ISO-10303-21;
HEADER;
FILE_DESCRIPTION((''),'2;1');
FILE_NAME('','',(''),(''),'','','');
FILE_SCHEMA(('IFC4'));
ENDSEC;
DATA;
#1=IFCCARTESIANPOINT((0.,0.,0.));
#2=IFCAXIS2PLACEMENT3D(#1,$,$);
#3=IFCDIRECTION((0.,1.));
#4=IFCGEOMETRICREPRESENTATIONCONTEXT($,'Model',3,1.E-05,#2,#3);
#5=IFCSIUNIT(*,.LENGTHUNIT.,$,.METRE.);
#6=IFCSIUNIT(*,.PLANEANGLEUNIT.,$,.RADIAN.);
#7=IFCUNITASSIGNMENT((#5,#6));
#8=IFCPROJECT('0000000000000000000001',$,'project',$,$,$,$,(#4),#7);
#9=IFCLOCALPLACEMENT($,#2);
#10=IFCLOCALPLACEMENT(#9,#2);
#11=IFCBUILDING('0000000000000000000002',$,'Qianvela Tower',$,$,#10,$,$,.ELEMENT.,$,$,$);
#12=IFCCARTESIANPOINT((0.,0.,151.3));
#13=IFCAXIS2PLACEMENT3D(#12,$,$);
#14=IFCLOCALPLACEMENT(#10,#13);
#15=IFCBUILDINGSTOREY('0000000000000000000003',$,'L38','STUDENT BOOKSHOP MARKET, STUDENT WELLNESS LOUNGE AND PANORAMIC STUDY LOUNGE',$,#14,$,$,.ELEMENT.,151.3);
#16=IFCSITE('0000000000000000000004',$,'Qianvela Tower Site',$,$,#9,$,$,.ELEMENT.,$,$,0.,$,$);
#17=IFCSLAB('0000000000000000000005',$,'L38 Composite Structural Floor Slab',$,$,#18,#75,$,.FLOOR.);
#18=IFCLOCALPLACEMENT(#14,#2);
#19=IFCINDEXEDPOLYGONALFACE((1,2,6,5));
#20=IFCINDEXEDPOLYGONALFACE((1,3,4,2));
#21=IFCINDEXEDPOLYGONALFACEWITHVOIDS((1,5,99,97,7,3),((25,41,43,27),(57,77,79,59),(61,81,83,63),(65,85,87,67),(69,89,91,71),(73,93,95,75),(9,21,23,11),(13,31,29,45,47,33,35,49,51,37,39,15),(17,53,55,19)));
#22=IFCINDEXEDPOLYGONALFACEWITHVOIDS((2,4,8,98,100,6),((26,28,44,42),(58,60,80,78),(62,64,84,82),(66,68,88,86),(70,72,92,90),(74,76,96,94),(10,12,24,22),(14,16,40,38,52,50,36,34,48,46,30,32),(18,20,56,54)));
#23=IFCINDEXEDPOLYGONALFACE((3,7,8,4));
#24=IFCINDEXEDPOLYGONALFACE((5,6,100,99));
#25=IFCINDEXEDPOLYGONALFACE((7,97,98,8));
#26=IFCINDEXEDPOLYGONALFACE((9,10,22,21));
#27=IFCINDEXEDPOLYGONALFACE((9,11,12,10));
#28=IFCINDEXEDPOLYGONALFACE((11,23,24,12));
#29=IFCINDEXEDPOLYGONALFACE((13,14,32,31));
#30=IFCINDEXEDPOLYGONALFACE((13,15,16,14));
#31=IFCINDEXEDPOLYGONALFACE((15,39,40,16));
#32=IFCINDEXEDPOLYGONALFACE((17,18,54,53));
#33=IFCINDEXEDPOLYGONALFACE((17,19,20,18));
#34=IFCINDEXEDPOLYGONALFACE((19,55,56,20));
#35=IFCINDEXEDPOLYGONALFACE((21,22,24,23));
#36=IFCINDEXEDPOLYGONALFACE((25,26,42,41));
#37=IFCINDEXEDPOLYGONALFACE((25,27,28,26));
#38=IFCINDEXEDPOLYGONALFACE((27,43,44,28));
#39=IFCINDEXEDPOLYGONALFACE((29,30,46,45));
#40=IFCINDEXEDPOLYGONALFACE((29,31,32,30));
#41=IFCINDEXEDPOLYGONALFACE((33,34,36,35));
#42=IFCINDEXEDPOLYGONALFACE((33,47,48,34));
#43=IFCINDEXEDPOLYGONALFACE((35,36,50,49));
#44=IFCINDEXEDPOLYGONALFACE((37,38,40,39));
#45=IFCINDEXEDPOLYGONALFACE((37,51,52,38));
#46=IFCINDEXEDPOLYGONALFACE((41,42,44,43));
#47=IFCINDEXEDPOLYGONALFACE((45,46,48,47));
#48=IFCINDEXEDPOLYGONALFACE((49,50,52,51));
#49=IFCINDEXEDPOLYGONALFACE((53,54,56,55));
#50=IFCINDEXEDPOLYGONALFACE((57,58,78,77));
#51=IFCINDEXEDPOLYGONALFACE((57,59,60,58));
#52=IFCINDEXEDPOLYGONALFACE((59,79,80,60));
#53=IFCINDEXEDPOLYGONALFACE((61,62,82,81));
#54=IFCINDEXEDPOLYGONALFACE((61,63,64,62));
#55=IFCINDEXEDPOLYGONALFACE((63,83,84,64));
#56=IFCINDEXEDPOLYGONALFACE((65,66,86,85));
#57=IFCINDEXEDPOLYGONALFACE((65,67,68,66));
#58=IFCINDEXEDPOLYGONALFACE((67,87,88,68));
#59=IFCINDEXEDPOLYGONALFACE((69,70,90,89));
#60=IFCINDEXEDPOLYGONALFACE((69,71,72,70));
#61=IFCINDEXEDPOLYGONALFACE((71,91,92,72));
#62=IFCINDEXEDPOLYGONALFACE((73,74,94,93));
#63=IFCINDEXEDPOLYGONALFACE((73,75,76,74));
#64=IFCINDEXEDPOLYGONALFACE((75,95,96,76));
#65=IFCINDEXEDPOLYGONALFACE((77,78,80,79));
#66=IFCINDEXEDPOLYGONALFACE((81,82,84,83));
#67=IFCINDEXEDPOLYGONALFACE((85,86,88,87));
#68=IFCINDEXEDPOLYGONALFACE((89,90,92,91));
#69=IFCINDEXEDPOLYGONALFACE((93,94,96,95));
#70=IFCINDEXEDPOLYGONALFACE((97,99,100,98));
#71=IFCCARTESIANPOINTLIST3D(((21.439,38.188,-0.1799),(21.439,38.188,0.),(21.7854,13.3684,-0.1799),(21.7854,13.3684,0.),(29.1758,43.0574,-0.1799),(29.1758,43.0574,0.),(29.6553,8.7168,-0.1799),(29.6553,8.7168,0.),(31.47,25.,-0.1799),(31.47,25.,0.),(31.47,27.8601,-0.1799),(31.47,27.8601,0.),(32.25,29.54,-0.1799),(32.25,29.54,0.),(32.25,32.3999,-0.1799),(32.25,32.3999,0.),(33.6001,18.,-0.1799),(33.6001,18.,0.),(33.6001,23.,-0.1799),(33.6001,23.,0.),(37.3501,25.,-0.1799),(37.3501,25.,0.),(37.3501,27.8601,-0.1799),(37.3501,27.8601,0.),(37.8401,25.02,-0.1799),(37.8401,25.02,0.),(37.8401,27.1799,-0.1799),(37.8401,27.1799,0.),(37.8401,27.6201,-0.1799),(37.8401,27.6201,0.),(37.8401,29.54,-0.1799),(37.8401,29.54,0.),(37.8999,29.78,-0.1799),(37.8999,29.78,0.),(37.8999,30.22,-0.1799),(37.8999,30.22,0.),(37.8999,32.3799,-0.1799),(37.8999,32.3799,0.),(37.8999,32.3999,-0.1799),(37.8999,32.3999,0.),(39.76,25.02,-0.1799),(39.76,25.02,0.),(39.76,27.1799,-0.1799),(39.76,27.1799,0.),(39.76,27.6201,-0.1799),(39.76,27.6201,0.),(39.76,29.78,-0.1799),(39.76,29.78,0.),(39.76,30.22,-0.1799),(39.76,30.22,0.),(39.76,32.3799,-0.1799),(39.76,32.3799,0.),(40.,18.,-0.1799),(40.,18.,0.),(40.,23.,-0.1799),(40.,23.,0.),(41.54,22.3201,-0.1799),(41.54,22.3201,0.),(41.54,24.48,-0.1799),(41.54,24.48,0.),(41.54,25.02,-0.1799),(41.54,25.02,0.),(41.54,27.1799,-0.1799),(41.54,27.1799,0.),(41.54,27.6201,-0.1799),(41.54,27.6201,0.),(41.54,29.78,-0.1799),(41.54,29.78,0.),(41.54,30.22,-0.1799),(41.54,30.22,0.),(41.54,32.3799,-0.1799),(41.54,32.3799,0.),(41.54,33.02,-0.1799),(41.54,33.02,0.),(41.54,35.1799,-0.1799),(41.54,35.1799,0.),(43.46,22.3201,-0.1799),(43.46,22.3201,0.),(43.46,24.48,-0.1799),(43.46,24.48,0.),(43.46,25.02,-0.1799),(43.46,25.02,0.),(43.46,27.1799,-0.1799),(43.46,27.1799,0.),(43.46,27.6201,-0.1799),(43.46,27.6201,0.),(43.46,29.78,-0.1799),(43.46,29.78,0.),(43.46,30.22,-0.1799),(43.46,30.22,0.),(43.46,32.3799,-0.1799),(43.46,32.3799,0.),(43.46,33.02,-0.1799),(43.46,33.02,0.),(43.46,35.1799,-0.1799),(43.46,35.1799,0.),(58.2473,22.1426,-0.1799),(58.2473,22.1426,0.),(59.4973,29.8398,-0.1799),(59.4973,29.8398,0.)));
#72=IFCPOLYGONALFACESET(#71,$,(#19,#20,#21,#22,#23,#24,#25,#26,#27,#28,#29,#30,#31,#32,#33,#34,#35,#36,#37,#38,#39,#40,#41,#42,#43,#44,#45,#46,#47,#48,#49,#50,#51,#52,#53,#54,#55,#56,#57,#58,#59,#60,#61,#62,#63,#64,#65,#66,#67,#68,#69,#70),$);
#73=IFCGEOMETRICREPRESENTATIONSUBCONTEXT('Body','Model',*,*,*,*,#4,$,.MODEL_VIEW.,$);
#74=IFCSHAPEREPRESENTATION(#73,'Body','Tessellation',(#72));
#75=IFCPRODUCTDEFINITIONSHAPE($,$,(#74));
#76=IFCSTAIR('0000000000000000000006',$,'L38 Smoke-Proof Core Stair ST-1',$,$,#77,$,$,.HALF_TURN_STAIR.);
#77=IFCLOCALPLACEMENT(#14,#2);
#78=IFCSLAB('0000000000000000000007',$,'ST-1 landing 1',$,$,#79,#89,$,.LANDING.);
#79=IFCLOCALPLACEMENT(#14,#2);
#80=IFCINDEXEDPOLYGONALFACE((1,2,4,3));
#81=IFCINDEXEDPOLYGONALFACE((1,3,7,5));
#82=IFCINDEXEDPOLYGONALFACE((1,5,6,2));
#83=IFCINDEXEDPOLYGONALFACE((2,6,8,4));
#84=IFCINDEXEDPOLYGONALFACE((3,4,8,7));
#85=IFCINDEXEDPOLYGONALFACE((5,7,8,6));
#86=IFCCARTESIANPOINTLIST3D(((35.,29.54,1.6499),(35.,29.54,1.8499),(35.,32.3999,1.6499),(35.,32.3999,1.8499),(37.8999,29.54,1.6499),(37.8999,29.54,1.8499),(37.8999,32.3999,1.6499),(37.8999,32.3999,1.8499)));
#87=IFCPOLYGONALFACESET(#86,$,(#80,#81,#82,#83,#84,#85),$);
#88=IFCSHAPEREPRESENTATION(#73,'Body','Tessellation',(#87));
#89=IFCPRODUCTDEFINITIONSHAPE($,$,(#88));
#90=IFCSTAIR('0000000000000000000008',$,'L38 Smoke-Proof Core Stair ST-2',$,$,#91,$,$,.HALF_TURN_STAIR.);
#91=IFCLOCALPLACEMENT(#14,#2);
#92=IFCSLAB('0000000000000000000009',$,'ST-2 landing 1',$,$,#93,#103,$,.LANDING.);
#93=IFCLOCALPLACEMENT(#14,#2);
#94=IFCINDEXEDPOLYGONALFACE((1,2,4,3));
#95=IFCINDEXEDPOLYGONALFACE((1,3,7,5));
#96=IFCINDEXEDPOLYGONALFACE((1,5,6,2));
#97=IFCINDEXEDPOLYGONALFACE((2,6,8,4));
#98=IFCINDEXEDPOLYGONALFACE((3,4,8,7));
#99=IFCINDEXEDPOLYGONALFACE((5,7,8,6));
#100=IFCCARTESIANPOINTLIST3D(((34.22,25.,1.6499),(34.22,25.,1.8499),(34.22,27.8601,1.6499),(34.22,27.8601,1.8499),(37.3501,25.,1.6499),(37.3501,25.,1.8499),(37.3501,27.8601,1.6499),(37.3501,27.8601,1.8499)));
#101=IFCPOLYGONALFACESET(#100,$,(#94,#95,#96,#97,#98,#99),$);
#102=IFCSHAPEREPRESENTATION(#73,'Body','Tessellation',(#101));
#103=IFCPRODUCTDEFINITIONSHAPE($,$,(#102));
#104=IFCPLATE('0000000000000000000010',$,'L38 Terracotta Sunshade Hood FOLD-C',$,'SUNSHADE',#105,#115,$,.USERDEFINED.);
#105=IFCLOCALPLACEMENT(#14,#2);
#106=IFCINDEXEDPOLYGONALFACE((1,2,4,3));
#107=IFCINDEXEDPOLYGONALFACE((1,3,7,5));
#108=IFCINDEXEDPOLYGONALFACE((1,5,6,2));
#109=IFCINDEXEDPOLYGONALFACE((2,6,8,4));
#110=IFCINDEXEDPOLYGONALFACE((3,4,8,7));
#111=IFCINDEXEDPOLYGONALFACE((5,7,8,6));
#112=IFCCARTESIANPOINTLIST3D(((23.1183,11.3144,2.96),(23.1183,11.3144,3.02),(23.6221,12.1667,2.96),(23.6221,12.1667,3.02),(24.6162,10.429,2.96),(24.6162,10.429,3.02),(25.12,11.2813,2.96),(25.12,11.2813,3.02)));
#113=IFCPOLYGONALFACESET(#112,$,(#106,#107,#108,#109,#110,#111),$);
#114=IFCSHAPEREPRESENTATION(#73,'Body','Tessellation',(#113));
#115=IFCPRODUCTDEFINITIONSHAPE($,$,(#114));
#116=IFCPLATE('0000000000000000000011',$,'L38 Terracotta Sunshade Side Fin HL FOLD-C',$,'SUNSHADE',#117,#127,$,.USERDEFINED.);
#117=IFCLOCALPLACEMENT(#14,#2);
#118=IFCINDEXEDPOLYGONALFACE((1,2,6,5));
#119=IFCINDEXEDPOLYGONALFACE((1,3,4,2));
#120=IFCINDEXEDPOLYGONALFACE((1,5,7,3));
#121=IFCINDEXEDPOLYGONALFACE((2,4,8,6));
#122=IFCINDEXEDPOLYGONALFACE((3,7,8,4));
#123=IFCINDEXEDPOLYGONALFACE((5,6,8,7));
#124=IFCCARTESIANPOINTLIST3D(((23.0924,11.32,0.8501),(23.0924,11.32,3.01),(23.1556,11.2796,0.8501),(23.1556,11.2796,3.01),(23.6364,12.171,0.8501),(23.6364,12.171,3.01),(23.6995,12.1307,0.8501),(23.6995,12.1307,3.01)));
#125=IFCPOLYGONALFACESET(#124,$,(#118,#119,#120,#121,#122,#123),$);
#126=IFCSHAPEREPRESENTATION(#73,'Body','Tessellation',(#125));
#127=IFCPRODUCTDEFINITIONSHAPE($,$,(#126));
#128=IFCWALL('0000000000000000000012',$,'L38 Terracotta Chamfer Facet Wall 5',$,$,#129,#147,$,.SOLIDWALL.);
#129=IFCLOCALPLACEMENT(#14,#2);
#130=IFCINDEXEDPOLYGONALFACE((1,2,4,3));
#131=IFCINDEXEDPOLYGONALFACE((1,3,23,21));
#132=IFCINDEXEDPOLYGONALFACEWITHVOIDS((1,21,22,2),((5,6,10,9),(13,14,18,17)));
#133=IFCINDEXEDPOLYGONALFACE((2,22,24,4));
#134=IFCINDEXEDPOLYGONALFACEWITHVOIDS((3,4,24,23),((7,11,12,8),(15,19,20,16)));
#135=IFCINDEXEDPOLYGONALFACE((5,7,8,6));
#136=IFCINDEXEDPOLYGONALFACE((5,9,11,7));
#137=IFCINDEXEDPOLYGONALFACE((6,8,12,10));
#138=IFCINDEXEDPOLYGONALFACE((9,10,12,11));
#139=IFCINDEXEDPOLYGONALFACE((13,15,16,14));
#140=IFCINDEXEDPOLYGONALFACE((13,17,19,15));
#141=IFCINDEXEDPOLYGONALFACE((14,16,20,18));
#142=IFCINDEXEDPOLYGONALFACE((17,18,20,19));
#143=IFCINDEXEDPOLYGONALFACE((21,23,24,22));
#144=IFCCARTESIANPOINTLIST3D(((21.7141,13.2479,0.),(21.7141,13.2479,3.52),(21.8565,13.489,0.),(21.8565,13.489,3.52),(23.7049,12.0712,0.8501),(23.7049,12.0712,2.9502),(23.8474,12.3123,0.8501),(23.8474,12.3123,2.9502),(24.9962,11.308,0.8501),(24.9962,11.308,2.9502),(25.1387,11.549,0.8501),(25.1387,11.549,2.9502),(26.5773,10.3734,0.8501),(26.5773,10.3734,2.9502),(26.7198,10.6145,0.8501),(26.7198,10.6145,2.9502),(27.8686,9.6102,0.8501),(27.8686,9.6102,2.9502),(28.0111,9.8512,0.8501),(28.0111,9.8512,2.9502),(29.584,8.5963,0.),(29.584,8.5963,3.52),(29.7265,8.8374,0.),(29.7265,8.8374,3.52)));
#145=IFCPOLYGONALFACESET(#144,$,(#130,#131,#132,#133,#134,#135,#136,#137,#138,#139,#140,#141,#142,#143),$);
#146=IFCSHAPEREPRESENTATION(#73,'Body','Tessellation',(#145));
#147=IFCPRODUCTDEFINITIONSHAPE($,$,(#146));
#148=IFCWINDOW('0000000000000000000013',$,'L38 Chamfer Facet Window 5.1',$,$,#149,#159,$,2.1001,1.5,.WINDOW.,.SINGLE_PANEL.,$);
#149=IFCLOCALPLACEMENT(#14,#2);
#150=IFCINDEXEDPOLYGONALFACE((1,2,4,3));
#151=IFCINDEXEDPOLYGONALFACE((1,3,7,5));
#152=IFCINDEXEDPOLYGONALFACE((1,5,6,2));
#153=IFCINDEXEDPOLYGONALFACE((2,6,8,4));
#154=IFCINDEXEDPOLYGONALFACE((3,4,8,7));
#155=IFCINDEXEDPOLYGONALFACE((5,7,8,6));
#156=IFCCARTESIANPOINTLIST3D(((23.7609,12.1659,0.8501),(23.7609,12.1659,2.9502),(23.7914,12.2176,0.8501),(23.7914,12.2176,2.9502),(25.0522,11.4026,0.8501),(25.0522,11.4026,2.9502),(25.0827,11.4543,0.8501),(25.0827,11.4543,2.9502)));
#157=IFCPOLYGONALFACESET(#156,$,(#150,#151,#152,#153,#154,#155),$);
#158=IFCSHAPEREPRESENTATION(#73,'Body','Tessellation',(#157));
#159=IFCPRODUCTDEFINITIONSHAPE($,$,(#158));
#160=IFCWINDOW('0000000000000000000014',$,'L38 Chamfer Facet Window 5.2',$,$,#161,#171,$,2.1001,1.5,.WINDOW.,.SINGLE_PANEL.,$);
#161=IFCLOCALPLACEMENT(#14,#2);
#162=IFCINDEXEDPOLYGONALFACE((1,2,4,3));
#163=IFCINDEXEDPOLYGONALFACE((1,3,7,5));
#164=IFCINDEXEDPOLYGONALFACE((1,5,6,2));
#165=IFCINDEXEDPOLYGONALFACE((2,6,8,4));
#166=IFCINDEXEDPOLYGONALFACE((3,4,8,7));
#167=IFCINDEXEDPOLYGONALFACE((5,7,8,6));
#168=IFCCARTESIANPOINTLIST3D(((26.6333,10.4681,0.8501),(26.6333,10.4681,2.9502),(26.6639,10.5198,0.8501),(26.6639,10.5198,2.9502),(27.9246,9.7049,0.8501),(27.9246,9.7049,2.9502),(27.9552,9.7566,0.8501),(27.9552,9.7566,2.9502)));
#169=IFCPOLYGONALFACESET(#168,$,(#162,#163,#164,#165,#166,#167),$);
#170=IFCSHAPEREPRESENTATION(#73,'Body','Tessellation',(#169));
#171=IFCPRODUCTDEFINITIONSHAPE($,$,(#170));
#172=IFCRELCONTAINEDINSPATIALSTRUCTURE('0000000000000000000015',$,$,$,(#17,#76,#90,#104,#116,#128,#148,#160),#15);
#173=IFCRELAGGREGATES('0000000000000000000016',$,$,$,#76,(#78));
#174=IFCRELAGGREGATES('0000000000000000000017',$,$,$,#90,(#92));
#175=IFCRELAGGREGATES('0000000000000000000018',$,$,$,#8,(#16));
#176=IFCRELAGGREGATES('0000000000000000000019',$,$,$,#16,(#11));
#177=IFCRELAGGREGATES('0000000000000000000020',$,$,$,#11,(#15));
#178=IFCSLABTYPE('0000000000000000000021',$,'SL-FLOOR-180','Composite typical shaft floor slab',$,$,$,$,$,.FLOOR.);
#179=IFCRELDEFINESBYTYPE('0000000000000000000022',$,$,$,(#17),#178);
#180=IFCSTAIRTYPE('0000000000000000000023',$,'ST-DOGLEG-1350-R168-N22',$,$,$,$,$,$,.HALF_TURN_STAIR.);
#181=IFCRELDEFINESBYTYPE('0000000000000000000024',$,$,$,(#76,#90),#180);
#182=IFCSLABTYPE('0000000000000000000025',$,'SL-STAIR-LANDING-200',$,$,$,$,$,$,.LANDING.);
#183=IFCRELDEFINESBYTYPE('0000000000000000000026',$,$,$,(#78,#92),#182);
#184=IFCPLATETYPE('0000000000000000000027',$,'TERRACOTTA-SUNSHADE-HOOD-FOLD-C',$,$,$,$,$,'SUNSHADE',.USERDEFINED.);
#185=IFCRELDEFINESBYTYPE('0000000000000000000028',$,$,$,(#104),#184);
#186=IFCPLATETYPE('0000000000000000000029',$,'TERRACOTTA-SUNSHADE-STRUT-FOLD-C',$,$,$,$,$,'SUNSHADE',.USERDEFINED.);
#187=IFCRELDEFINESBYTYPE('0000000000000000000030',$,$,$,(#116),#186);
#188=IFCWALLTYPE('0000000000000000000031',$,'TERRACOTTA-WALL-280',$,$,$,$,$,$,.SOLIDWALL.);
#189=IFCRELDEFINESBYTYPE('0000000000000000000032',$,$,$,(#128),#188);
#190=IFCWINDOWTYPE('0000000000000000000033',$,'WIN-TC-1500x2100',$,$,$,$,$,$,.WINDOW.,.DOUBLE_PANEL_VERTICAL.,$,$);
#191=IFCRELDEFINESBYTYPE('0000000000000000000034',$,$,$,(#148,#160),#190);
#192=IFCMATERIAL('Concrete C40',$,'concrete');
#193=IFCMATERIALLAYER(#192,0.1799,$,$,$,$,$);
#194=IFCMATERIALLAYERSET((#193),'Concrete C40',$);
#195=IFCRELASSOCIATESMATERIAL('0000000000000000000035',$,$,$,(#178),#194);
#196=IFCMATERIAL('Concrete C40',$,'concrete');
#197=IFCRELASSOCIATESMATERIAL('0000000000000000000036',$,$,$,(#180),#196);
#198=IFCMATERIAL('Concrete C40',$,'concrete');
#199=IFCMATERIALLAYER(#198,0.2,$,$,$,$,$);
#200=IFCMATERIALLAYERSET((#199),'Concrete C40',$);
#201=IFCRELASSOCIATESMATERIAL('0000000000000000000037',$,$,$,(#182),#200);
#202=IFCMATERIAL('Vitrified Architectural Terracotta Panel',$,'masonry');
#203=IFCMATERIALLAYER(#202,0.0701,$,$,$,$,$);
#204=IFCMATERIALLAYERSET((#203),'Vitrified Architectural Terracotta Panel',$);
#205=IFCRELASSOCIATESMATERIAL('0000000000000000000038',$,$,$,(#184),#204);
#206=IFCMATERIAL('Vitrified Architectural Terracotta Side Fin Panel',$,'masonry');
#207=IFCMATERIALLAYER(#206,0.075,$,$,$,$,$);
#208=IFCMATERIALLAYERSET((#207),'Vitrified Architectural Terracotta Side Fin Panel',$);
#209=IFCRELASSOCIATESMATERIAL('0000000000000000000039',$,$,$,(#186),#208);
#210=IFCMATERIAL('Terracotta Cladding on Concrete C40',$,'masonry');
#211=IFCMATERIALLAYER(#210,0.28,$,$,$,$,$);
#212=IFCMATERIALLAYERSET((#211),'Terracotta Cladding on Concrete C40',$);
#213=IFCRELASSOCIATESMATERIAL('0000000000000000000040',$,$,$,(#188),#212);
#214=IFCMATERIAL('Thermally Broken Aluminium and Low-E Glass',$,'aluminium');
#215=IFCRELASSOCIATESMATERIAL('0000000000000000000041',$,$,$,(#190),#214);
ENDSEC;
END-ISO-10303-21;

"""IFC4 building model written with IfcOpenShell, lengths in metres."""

from ifc_helpers import new_model, si_unit, direction, frame, frame_2d, origin, origin_2d, place, context, subcontext, project, spatial, polyline, rectangle, outline, extrude, material, layer, layer_set, type_object, element, fill, aggregate, save


model = new_model("IFC4")

# Units and contexts
model_context = context("Model", 3, precision=1e-05, world=origin(), true_north=direction((0.0, 1.0)))
body_context = subcontext(model_context, "Body", "Model", "MODEL_VIEW")
ifc_project = project(units=[si_unit("LENGTHUNIT", "METRE"), si_unit("PLANEANGLEUNIT", "RADIAN")], contexts=[model_context])

# Site, building, storey
site_placement = place(None, origin())
site = spatial("IfcSite", under=ifc_project, at=site_placement, Name="Qianvela Tower Site", CompositionType="ELEMENT", RefElevation=0.0)
building_placement = place(site_placement, origin())
building = spatial("IfcBuilding", under=site, at=building_placement, Name="Qianvela Tower", CompositionType="ELEMENT")
storey_placement = place(building_placement, frame((0.0, 0.0, 151.3)))
storey = spatial("IfcBuildingStorey", under=building, at=storey_placement, Name="L38", Description="STUDENT BOOKSHOP MARKET, STUDENT WELLNESS LOUNGE AND PANORAMIC STUDY LOUNGE", CompositionType="ELEMENT", Elevation=151.3)

# Slab
ifc_material_1 = material(Name="Concrete C40", Category="concrete")
ifc_layer_1 = layer(ifc_material_1, 0.1799)
ifc_layer_set_1 = layer_set([ifc_layer_1], Name="Concrete C40")
slab_type_1 = type_object("IfcSlabType", Name="SL-FLOOR-180", Description="Composite typical shaft floor slab", PredefinedType="FLOOR", material=ifc_layer_set_1)
slab_1_placement = place(storey_placement, frame((0.0, 0.0, -0.1799)))
element("IfcSlab", 1, at=slab_1_placement, inside=storey, type_object=slab_type_1, Name="L38 Composite Structural Floor Slab", PredefinedType="FLOOR", context=body_context, shape_type="SweptSolid", body=[
    extrude(outline(polyline([(58.2473, 22.1426), (59.4973, 29.8398), (29.1758, 43.0574), (21.439, 38.188), (21.7854, 13.3684), (29.6553, 8.7168), (58.2473, 22.1426)]), holes=[polyline([(40.0, 23.0), (33.6001, 23.0), (33.6001, 18.0), (40.0, 18.0), (40.0, 23.0)]), polyline([(39.76, 27.1799), (37.8401, 27.1799), (37.8401, 25.02), (39.76, 25.02), (39.76, 27.1799)]), polyline([(37.3501, 27.8601), (31.47, 27.8601), (31.47, 25.0), (37.3501, 25.0), (37.3501, 27.8601)]), polyline([(37.8401, 27.6201), (39.76, 27.6201), (39.76, 29.78), (37.8999, 29.78), (37.8999, 30.22), (39.76, 30.22), (39.76, 32.3799), (37.8999, 32.3799), (37.8999, 32.3999), (32.25, 32.3999), (32.25, 29.54), (37.8401, 29.54), (37.8401, 27.6201)]), polyline([(43.46, 22.3201), (43.46, 24.48), (41.54, 24.48), (41.54, 22.3201), (43.46, 22.3201)]), polyline([(43.46, 25.02), (43.46, 27.1799), (41.54, 27.1799), (41.54, 25.02), (43.46, 25.02)]), polyline([(43.46, 29.78), (41.54, 29.78), (41.54, 27.6201), (43.46, 27.6201), (43.46, 29.78)]), polyline([(43.46, 30.22), (43.46, 32.3799), (41.54, 32.3799), (41.54, 30.22), (43.46, 30.22)]), polyline([(43.46, 33.02), (43.46, 35.1799), (41.54, 35.1799), (41.54, 33.02), (43.46, 33.02)])]), origin(), (0.0, 0.0, 1.0), 0.1799),
])

# Stairs, slabs
ifc_material_2 = material(Name="Concrete C40", Category="concrete")
stair_type = type_object("IfcStairType", Name="ST-DOGLEG-1350-R168-N22", PredefinedType="HALF_TURN_STAIR", material=ifc_material_2)
stair_1_placement = place(storey_placement, origin())
stair_1 = element("IfcStair", 2, at=stair_1_placement, inside=storey, type_object=stair_type, Name="L38 Smoke-Proof Core Stair ST-1", PredefinedType="HALF_TURN_STAIR")
ifc_material_3 = material(Name="Concrete C40", Category="concrete")
ifc_layer_2 = layer(ifc_material_3, 0.2)
ifc_layer_set_2 = layer_set([ifc_layer_2], Name="Concrete C40")
slab_type_2 = type_object("IfcSlabType", Name="SL-STAIR-LANDING-200", PredefinedType="LANDING", material=ifc_layer_set_2)
slab_2_placement = place(storey_placement, frame((0.0, 0.0, 1.6499)))
slab_2 = element("IfcSlab", 3, at=slab_2_placement, type_object=slab_type_2, Name="ST-1 landing 1", PredefinedType="LANDING", context=body_context, shape_type="SweptSolid", body=[
    extrude(outline(polyline([(35.0, 29.54), (37.8999, 29.54), (37.8999, 32.3999), (35.0, 32.3999), (35.0, 29.54)])), origin(), (0.0, 0.0, 1.0), 0.2),
])
aggregate(stair_1, [slab_2])
stair_2_placement = place(storey_placement, origin())
stair_2 = element("IfcStair", 4, at=stair_2_placement, inside=storey, type_object=stair_type, Name="L38 Smoke-Proof Core Stair ST-2", PredefinedType="HALF_TURN_STAIR")
slab_3_placement = place(storey_placement, frame((0.0, 0.0, 1.6499)))
slab_3 = element("IfcSlab", 5, at=slab_3_placement, type_object=slab_type_2, Name="ST-2 landing 1", PredefinedType="LANDING", context=body_context, shape_type="SweptSolid", body=[
    extrude(outline(polyline([(34.22, 25.0), (37.3501, 25.0), (37.3501, 27.8601), (34.22, 27.8601), (34.22, 25.0)])), origin(), (0.0, 0.0, 1.0), 0.2),
])
aggregate(stair_2, [slab_3])

# Plates
ifc_material_4 = material(Name="Vitrified Architectural Terracotta Panel", Category="masonry")
ifc_layer_3 = layer(ifc_material_4, 0.0701)
ifc_layer_set_3 = layer_set([ifc_layer_3], Name="Vitrified Architectural Terracotta Panel")
plate_type_1 = type_object("IfcPlateType", Name="TERRACOTTA-SUNSHADE-HOOD-FOLD-C", ElementType="SUNSHADE", PredefinedType="USERDEFINED", material=ifc_layer_set_3)
plate_1_placement = place(storey_placement, frame((24.1191, 11.2979, 2.96), z_axis=(0.0, 0.0, 1.0), x_axis=(0.860868, -0.508828, 0.0)))
element("IfcPlate", 6, at=plate_1_placement, inside=storey, type_object=plate_type_1, Name="L38 Terracotta Sunshade Hood FOLD-C", ObjectType="SUNSHADE", PredefinedType="USERDEFINED", context=body_context, shape_type="SweptSolid", body=[
    extrude(rectangle(XDim=1.74, YDim=0.99, at=origin_2d()), origin(), (0.0, 0.0, 1.0), 0.0601),
])
ifc_material_5 = material(Name="Vitrified Architectural Terracotta Side Fin Panel", Category="masonry")
ifc_layer_4 = layer(ifc_material_5, 0.075)
ifc_layer_set_4 = layer_set([ifc_layer_4], Name="Vitrified Architectural Terracotta Side Fin Panel")
plate_type_2 = type_object("IfcPlateType", Name="TERRACOTTA-SUNSHADE-STRUT-FOLD-C", ElementType="SUNSHADE", PredefinedType="USERDEFINED", material=ifc_layer_set_4)
plate_2_placement = place(storey_placement, frame((23.396, 11.7253, 0.8501), z_axis=(0.0, 0.0, 1.0), x_axis=(0.842586, -0.538562, 0.0)))
element("IfcPlate", 7, at=plate_2_placement, inside=storey, type_object=plate_type_2, Name="L38 Terracotta Sunshade Side Fin HL FOLD-C", ObjectType="SUNSHADE", PredefinedType="USERDEFINED", context=body_context, shape_type="SweptSolid", body=[
    extrude(rectangle(XDim=0.075, YDim=1.01, at=origin_2d()), origin(), (0.0, 0.0, 1.0), 2.1599),
])

# Wall, openings, windows
ifc_material_6 = material(Name="Terracotta Cladding on Concrete C40", Category="masonry")
ifc_layer_5 = layer(ifc_material_6, 0.28)
ifc_layer_set_5 = layer_set([ifc_layer_5], Name="Terracotta Cladding on Concrete C40")
wall_type_1 = type_object("IfcWallType", Name="TERRACOTTA-WALL-280", PredefinedType="SOLIDWALL", material=ifc_layer_set_5)
wall_1_placement = place(storey_placement, frame((21.7854, 13.3684, 0.0), z_axis=(0.0, 0.0, 1.0), x_axis=(0.860868, -0.508829, 0.0)))
wall_1 = element("IfcWall", 8, at=wall_1_placement, inside=storey, type_object=wall_type_1, Name="L38 Terracotta Chamfer Facet Wall 5", PredefinedType="SOLIDWALL", context=body_context, shape_type="SweptSolid", body=[
    extrude(rectangle(XDim=9.1418, YDim=0.28, at=frame_2d((4.5708, 0.0))), origin(), (0.0, 0.0, 1.0), 3.52),
])
opening_1_placement = place(wall_1_placement, frame((2.3125, 0.0, 0.8501)))
opening_1 = element("IfcOpeningElement", 9, at=opening_1_placement, cuts=wall_1, PredefinedType="OPENING", context=body_context, shape_type="SweptSolid", body=[
    extrude(rectangle(XDim=1.5, YDim=2.1001, at=frame_2d((0.75, 1.05))), frame((0.0, 0.1499, 0.0), z_axis=(0.0, -1.0, 0.0), x_axis=(1.0, 0.0, 0.0)), (0.0, 0.0, 1.0), 0.3),
])
opening_2_placement = place(wall_1_placement, frame((5.6492, 0.0, 0.8501)))
opening_2 = element("IfcOpeningElement", 10, at=opening_2_placement, cuts=wall_1, PredefinedType="OPENING", context=body_context, shape_type="SweptSolid", body=[
    extrude(rectangle(XDim=1.5, YDim=2.1001, at=frame_2d((0.75, 1.05))), frame((0.0, 0.1499, 0.0), z_axis=(0.0, -1.0, 0.0), x_axis=(1.0, 0.0, 0.0)), (0.0, 0.0, 1.0), 0.3),
])
ifc_material_7 = material(Name="Thermally Broken Aluminium and Low-E Glass", Category="aluminium")
window_type = type_object("IfcWindowType", Name="WIN-TC-1500x2100", PartitioningType="DOUBLE_PANEL_VERTICAL", PredefinedType="WINDOW", material=ifc_material_7)
window_1_placement = place(opening_1_placement, origin())
window_1 = element("IfcWindow", 11, at=window_1_placement, inside=storey, type_object=window_type, Name="L38 Chamfer Facet Window 5.1", OverallHeight=2.1001, OverallWidth=1.5, PartitioningType="SINGLE_PANEL", PredefinedType="WINDOW", context=body_context, shape_type="SweptSolid", body=[
    extrude(rectangle(XDim=1.5, YDim=2.1001, at=frame_2d((0.75, 1.05))), frame((0.0, 0.03, 0.0), z_axis=(0.0, -1.0, 0.0), x_axis=(1.0, 0.0, 0.0)), (0.0, 0.0, 1.0), 0.0601),
])
fill(opening_1, window_1)
window_2_placement = place(opening_2_placement, origin())
window_2 = element("IfcWindow", 12, at=window_2_placement, inside=storey, type_object=window_type, Name="L38 Chamfer Facet Window 5.2", OverallHeight=2.1001, OverallWidth=1.5, PartitioningType="SINGLE_PANEL", PredefinedType="WINDOW", context=body_context, shape_type="SweptSolid", body=[
    extrude(rectangle(XDim=1.5, YDim=2.1001, at=frame_2d((0.75, 1.05))), frame((0.0, 0.03, 0.0), z_axis=(0.0, -1.0, 0.0), x_axis=(1.0, 0.0, 0.0)), (0.0, 0.0, 1.0), 0.0601),
])
fill(opening_2, window_2)

save(model, "model.ifc")
